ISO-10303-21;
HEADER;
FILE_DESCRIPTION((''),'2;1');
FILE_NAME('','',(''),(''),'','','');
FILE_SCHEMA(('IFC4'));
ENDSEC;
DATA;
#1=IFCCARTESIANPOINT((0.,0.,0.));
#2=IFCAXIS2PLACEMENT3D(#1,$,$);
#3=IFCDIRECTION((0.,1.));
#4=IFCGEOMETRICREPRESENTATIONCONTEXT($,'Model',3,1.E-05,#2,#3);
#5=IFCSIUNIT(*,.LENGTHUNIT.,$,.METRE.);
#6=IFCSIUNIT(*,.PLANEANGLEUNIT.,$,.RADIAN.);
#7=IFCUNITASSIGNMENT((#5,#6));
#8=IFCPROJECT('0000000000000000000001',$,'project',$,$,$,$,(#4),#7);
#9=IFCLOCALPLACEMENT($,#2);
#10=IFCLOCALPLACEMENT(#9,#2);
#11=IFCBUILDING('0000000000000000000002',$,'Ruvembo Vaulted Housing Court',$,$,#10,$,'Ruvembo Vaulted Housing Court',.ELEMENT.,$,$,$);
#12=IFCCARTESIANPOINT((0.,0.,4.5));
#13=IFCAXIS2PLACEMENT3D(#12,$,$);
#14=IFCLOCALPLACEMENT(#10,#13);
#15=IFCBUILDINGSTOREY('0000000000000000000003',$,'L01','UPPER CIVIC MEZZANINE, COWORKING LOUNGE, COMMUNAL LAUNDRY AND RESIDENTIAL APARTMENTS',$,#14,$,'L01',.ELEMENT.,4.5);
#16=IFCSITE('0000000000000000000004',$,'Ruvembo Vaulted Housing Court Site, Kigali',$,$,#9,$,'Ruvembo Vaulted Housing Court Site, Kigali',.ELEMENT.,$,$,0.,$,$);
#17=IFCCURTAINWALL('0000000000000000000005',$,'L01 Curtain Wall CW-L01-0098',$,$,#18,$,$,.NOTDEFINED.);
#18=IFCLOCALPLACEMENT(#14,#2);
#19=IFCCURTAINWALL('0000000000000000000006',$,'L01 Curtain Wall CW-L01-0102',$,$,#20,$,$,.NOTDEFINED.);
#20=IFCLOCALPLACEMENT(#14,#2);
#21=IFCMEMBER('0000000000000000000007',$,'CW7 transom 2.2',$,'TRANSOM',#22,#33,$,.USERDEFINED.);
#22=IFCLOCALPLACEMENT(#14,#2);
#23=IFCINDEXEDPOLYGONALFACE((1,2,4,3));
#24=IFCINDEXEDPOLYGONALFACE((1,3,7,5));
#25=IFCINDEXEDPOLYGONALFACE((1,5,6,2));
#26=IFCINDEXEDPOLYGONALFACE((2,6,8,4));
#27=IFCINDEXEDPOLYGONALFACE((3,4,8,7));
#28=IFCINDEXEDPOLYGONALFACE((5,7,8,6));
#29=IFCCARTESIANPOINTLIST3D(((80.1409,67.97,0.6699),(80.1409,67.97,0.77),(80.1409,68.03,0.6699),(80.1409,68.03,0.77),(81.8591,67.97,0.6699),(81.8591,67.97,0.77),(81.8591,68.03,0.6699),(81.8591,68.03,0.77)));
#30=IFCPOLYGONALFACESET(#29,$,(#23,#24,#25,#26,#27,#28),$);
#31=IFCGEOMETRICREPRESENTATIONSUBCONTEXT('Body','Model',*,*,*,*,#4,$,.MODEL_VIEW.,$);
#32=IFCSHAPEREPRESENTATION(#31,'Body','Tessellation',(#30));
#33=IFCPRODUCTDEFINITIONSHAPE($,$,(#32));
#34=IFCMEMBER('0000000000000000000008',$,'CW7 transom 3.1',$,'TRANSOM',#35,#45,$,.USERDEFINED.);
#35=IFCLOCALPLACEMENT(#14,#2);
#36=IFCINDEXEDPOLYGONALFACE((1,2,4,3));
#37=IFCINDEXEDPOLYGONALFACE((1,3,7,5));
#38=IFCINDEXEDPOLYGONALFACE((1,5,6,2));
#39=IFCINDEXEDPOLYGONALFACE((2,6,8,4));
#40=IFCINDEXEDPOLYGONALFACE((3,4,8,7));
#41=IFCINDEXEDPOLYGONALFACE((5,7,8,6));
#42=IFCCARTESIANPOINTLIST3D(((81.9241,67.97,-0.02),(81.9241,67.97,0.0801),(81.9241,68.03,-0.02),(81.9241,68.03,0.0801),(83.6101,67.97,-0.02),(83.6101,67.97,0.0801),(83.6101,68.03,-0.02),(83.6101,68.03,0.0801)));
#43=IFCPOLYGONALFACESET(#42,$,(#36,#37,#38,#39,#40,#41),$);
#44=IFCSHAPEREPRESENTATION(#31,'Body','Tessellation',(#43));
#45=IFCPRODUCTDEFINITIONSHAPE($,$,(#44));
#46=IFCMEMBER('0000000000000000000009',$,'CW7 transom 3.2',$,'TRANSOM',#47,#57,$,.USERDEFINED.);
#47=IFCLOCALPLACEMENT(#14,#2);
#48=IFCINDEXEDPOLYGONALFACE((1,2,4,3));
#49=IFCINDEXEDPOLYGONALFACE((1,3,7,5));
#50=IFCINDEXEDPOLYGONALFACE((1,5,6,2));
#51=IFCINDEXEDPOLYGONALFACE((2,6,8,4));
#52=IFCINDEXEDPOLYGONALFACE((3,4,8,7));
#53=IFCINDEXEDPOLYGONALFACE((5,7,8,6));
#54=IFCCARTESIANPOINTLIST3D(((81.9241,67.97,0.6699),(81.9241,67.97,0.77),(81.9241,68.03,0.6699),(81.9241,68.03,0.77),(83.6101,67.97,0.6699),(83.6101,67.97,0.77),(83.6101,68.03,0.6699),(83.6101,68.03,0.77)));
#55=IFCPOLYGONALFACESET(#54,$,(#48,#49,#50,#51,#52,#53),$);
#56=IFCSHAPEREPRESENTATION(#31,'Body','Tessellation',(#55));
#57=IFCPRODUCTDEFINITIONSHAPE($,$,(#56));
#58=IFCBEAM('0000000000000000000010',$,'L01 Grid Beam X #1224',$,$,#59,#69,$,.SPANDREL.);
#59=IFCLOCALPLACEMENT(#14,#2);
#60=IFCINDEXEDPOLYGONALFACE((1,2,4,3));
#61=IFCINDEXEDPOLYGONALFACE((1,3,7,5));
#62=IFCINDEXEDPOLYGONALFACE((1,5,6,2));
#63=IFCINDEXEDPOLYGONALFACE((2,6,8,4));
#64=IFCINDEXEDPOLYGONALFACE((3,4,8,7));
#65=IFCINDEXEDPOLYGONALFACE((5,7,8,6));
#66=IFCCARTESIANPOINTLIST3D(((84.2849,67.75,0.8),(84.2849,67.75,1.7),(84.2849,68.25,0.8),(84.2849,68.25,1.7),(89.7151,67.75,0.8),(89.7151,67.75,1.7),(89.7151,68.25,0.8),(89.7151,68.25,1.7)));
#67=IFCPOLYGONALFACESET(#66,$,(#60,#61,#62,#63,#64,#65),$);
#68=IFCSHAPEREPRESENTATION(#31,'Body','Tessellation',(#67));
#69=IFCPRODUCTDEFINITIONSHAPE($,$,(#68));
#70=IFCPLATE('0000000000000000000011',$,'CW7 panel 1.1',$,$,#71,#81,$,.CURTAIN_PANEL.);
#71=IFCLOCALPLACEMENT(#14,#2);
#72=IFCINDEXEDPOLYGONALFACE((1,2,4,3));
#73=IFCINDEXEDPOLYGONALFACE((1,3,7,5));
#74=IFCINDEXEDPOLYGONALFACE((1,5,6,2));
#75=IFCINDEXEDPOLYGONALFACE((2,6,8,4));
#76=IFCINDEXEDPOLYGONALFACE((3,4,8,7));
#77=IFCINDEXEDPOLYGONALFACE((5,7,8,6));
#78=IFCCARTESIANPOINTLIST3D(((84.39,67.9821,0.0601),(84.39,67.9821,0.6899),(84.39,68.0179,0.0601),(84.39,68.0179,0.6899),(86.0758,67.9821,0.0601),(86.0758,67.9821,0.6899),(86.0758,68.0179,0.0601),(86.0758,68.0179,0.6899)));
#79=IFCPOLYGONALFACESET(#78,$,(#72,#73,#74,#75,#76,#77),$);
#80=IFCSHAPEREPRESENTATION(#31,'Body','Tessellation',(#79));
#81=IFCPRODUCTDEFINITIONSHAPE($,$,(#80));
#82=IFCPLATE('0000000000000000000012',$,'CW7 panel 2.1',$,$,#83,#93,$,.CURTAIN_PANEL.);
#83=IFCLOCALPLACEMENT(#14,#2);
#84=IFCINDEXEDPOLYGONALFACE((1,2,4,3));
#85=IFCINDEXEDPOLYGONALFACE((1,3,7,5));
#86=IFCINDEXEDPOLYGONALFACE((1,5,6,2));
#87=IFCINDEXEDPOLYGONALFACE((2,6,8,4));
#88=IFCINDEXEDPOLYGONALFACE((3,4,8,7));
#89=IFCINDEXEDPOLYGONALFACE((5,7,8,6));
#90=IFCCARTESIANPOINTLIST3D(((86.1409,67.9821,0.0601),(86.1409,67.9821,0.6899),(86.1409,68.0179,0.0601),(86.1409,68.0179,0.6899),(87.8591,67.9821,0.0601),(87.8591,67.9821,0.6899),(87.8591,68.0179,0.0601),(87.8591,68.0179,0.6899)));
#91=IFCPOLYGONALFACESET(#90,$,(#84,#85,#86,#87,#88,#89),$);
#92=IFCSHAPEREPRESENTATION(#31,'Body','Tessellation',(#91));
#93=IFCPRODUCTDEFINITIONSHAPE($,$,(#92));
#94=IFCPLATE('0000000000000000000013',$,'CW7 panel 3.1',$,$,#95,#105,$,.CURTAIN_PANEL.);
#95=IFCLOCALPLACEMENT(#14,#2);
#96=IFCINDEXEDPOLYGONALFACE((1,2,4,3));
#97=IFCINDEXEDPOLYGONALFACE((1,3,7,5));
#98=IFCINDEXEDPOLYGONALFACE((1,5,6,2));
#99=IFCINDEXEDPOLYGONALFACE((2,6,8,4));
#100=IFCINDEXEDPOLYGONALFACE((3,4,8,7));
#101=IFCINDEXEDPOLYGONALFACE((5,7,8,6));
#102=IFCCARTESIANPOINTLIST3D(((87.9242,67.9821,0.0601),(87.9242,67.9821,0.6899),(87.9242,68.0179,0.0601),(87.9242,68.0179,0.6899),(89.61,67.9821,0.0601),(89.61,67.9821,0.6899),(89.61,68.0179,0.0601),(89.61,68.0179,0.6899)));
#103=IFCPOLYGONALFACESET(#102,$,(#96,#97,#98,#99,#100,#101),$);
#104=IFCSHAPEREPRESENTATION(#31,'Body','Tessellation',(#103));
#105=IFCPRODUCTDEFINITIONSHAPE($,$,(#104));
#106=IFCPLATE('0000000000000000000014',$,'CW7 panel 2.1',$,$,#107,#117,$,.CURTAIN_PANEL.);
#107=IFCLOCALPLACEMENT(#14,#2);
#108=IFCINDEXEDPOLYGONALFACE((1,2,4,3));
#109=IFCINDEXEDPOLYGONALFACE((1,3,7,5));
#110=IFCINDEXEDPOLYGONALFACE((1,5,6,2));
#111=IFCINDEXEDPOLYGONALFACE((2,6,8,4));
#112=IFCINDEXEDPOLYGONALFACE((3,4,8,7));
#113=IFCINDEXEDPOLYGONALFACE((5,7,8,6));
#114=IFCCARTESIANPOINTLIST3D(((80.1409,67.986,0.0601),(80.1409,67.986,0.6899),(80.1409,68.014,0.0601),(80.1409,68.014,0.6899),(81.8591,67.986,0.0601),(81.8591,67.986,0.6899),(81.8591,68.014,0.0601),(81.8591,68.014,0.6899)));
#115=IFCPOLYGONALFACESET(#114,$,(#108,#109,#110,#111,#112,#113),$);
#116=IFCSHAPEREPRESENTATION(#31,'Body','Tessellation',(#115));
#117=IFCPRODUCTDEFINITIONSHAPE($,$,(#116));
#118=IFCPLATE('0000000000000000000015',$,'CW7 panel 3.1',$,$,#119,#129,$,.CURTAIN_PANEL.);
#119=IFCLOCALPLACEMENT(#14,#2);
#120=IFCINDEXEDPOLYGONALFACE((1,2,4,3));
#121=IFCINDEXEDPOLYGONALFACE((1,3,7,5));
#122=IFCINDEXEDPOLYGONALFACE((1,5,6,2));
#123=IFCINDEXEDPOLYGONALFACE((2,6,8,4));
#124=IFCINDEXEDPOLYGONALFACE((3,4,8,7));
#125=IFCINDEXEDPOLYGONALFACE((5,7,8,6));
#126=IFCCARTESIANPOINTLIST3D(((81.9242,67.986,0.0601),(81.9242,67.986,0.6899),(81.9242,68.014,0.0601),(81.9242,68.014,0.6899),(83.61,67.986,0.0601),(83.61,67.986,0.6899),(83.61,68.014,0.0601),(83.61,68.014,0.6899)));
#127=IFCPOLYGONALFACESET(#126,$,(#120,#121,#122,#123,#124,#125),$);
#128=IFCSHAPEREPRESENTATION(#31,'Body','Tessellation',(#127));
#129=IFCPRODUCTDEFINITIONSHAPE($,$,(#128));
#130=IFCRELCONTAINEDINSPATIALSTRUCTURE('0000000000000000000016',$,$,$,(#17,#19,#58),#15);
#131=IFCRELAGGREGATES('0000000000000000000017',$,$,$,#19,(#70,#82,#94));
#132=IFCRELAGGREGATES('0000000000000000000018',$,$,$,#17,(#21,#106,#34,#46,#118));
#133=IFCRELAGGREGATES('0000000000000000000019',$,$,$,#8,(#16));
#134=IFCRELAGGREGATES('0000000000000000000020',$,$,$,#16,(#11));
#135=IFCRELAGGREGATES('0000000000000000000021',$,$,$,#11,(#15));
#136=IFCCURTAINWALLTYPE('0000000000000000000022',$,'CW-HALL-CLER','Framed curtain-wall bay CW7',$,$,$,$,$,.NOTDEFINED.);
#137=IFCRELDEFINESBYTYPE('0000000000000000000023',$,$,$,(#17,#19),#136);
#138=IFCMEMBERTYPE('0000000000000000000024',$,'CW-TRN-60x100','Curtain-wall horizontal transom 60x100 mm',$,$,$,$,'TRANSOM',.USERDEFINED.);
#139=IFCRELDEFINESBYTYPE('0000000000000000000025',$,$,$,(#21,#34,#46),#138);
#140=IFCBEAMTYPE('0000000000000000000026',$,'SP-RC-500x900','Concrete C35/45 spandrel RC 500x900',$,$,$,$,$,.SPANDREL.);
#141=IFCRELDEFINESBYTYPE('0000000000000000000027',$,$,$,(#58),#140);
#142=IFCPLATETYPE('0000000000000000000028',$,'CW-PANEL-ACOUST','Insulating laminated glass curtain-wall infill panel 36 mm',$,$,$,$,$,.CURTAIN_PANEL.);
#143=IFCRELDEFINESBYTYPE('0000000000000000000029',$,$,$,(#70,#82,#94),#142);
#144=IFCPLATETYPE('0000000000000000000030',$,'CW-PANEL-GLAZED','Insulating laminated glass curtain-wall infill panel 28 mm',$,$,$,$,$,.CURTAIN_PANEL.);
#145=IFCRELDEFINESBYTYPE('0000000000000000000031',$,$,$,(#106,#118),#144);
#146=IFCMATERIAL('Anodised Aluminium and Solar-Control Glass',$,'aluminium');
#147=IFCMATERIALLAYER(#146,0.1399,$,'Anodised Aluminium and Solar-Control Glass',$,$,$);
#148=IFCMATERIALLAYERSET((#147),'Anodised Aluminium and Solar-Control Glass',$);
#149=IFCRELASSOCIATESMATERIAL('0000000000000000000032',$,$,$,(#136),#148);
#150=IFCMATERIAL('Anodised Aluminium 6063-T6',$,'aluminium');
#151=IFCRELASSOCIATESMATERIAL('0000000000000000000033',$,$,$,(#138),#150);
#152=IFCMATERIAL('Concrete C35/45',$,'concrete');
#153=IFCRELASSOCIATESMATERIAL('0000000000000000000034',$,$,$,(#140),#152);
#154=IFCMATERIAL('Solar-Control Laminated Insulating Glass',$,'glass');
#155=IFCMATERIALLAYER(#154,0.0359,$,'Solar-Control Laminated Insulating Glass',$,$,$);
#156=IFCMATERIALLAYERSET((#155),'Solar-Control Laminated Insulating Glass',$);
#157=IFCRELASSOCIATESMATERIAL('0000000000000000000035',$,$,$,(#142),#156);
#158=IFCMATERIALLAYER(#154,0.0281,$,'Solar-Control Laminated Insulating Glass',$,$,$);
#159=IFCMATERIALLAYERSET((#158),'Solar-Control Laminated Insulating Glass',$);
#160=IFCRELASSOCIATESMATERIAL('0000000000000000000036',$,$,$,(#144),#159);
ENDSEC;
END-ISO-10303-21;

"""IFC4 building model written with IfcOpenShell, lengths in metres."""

from ifc_helpers import new_model, si_unit, direction, frame, origin, origin_2d, place, context, subcontext, project, spatial, rectangle, extrude, material, layer, layer_set, material_profile, profile_set, type_object, element, aggregate, save


model = new_model("IFC4")

# Units and contexts
model_context = context("Model", 3, precision=1e-05, world=origin(), true_north=direction((0.0, 1.0)))
body_context = subcontext(model_context, "Body", "Model", "MODEL_VIEW")
ifc_project = project(units=[si_unit("LENGTHUNIT", "METRE"), si_unit("PLANEANGLEUNIT", "RADIAN")], contexts=[model_context])

# Site, building, storey
site_placement = place(None, origin())
site = spatial("IfcSite", under=ifc_project, at=site_placement, Name="Ruvembo Vaulted Housing Court Site, Kigali", LongName="Ruvembo Vaulted Housing Court Site, Kigali", CompositionType="ELEMENT", RefElevation=0.0)
building_placement = place(site_placement, origin())
building = spatial("IfcBuilding", under=site, at=building_placement, Name="Ruvembo Vaulted Housing Court", LongName="Ruvembo Vaulted Housing Court", CompositionType="ELEMENT")
storey_placement = place(building_placement, frame((0.0, 0.0, 4.5)))
storey = spatial("IfcBuildingStorey", under=building, at=storey_placement, Name="L01", Description="UPPER CIVIC MEZZANINE, COWORKING LOUNGE, COMMUNAL LAUNDRY AND RESIDENTIAL APARTMENTS", LongName="L01", CompositionType="ELEMENT", Elevation=4.5)

# Curtain walls
ifc_material_1 = material(Name="Anodised Aluminium and Solar-Control Glass", Category="aluminium")
ifc_layer_1 = layer(ifc_material_1, 0.1399, Name="Anodised Aluminium and Solar-Control Glass")
ifc_layer_set_1 = layer_set([ifc_layer_1], Name="Anodised Aluminium and Solar-Control Glass")
curtain_wall_type = type_object("IfcCurtainWallType", Name="CW-HALL-CLER", Description="Framed curtain-wall bay CW7", PredefinedType="NOTDEFINED", material=ifc_layer_set_1)
curtain_wall_1_placement = place(storey_placement, origin())
curtain_wall_1 = element("IfcCurtainWall", 1, at=curtain_wall_1_placement, inside=storey, type_object=curtain_wall_type, Name="L01 Curtain Wall CW-L01-0098", PredefinedType="NOTDEFINED")
ifc_material_2 = material(Name="Anodised Aluminium 6063-T6", Category="aluminium")
curtain_wall_2_placement = place(storey_placement, origin())
curtain_wall_2 = element("IfcCurtainWall", 2, at=curtain_wall_2_placement, inside=storey, type_object=curtain_wall_type, Name="L01 Curtain Wall CW-L01-0102", PredefinedType="NOTDEFINED")

# Members
ifc_material_profile_1 = material_profile(ifc_material_2, rectangle(XDim=0.0601, YDim=0.1001, at=origin_2d()), Name="ALU 60x100")
ifc_profile_set_1 = profile_set([ifc_material_profile_1], Name="Anodised Aluminium 6063-T6")
member_type_1 = type_object("IfcMemberType", Name="CW-TRN-60x100", Description="Curtain-wall horizontal transom 60x100 mm", ElementType="TRANSOM", PredefinedType="USERDEFINED", material=ifc_profile_set_1)
member_1_placement = place(storey_placement, frame((80.1409, 68.0, 0.72), z_axis=(1.0, 0.0, 0.0), x_axis=(0.0, 1.0, 0.0)))
member_1 = element("IfcMember", 3, at=member_1_placement, type_object=member_type_1, Name="CW7 transom 2.2", ObjectType="TRANSOM", PredefinedType="USERDEFINED", context=body_context, shape_type="SweptSolid", body=[
    extrude(rectangle(XDim=0.0601, YDim=0.1001, at=origin_2d()), origin(), (0.0, 0.0, 1.0), 1.7183),
])
member_2_placement = place(storey_placement, frame((81.9241, 68.0, 0.03), z_axis=(1.0, 0.0, 0.0), x_axis=(0.0, 1.0, 0.0)))
member_2 = element("IfcMember", 4, at=member_2_placement, type_object=member_type_1, Name="CW7 transom 3.1", ObjectType="TRANSOM", PredefinedType="USERDEFINED", context=body_context, shape_type="SweptSolid", body=[
    extrude(rectangle(XDim=0.0601, YDim=0.1001, at=origin_2d()), origin(), (0.0, 0.0, 1.0), 1.686),
])
member_3_placement = place(storey_placement, frame((81.9241, 68.0, 0.72), z_axis=(1.0, 0.0, 0.0), x_axis=(0.0, 1.0, 0.0)))
member_3 = element("IfcMember", 5, at=member_3_placement, type_object=member_type_1, Name="CW7 transom 3.2", ObjectType="TRANSOM", PredefinedType="USERDEFINED", context=body_context, shape_type="SweptSolid", body=[
    extrude(rectangle(XDim=0.0601, YDim=0.1001, at=origin_2d()), origin(), (0.0, 0.0, 1.0), 1.686),
])

# Beam
ifc_material_3 = material(Name="Concrete C35/45", Category="concrete")
ifc_material_profile_2 = material_profile(ifc_material_3, rectangle(XDim=0.5, YDim=0.8999, at=origin_2d()), Name="RC 500x900")
ifc_profile_set_2 = profile_set([ifc_material_profile_2], Name="Concrete C35/45")
beam_type = type_object("IfcBeamType", Name="SP-RC-500x900", Description="Concrete C35/45 spandrel RC 500x900", PredefinedType="SPANDREL", material=ifc_profile_set_2)
beam_placement = place(storey_placement, frame((84.2849, 68.0, 1.25), z_axis=(1.0, 0.0, 0.0), x_axis=(0.0, 1.0, 0.0)))
element("IfcBeam", 6, at=beam_placement, inside=storey, type_object=beam_type, Name="L01 Grid Beam X #1224", PredefinedType="SPANDREL", context=body_context, shape_type="SweptSolid", body=[
    extrude(rectangle(XDim=0.5, YDim=0.8999, at=origin_2d()), origin(), (0.0, 0.0, 1.0), 5.4302),
])

# Plates
ifc_material_4 = material(Name="Solar-Control Laminated Insulating Glass", Category="glass")
ifc_layer_2 = layer(ifc_material_4, 0.0359, Name="Solar-Control Laminated Insulating Glass")
ifc_layer_set_2 = layer_set([ifc_layer_2], Name="Solar-Control Laminated Insulating Glass")
plate_type_1 = type_object("IfcPlateType", Name="CW-PANEL-ACOUST", Description="Insulating laminated glass curtain-wall infill panel 36 mm", PredefinedType="CURTAIN_PANEL", material=ifc_layer_set_2)
plate_1_placement = place(storey_placement, frame((85.2329, 68.0, 0.0601), z_axis=(0.0, 0.0, 1.0), x_axis=(1.0, 0.0, 0.0)))
plate_1 = element("IfcPlate", 7, at=plate_1_placement, type_object=plate_type_1, Name="CW7 panel 1.1", PredefinedType="CURTAIN_PANEL", context=body_context, shape_type="SweptSolid", body=[
    extrude(rectangle(XDim=1.6858, YDim=0.0359, at=origin_2d()), origin(), (0.0, 0.0, 1.0), 0.6299),
])
plate_2_placement = place(storey_placement, frame((87.0, 68.0, 0.0601), z_axis=(0.0, 0.0, 1.0), x_axis=(1.0, 0.0, 0.0)))
plate_2 = element("IfcPlate", 8, at=plate_2_placement, type_object=plate_type_1, Name="CW7 panel 2.1", PredefinedType="CURTAIN_PANEL", context=body_context, shape_type="SweptSolid", body=[
    extrude(rectangle(XDim=1.7183, YDim=0.0359, at=origin_2d()), origin(), (0.0, 0.0, 1.0), 0.6299),
])
plate_3_placement = place(storey_placement, frame((88.7671, 68.0, 0.0601), z_axis=(0.0, 0.0, 1.0), x_axis=(1.0, 0.0, 0.0)))
plate_3 = element("IfcPlate", 9, at=plate_3_placement, type_object=plate_type_1, Name="CW7 panel 3.1", PredefinedType="CURTAIN_PANEL", context=body_context, shape_type="SweptSolid", body=[
    extrude(rectangle(XDim=1.6858, YDim=0.0359, at=origin_2d()), origin(), (0.0, 0.0, 1.0), 0.6299),
])
aggregate(curtain_wall_2, [plate_1, plate_2, plate_3])
ifc_layer_3 = layer(ifc_material_4, 0.0281, Name="Solar-Control Laminated Insulating Glass")
ifc_layer_set_3 = layer_set([ifc_layer_3], Name="Solar-Control Laminated Insulating Glass")
plate_type_2 = type_object("IfcPlateType", Name="CW-PANEL-GLAZED", Description="Insulating laminated glass curtain-wall infill panel 28 mm", PredefinedType="CURTAIN_PANEL", material=ifc_layer_set_3)
plate_4_placement = place(storey_placement, frame((81.0, 68.0, 0.0601), z_axis=(0.0, 0.0, 1.0), x_axis=(1.0, 0.0, 0.0)))
plate_4 = element("IfcPlate", 10, at=plate_4_placement, type_object=plate_type_2, Name="CW7 panel 2.1", PredefinedType="CURTAIN_PANEL", context=body_context, shape_type="SweptSolid", body=[
    extrude(rectangle(XDim=1.7183, YDim=0.0281, at=origin_2d()), origin(), (0.0, 0.0, 1.0), 0.6299),
])
plate_5_placement = place(storey_placement, frame((82.7671, 68.0, 0.0601), z_axis=(0.0, 0.0, 1.0), x_axis=(1.0, 0.0, 0.0)))
plate_5 = element("IfcPlate", 11, at=plate_5_placement, type_object=plate_type_2, Name="CW7 panel 3.1", PredefinedType="CURTAIN_PANEL", context=body_context, shape_type="SweptSolid", body=[
    extrude(rectangle(XDim=1.6858, YDim=0.0281, at=origin_2d()), origin(), (0.0, 0.0, 1.0), 0.6299),
])
aggregate(curtain_wall_1, [member_1, plate_4, member_2, member_3, plate_5])

save(model, "model.ifc")
